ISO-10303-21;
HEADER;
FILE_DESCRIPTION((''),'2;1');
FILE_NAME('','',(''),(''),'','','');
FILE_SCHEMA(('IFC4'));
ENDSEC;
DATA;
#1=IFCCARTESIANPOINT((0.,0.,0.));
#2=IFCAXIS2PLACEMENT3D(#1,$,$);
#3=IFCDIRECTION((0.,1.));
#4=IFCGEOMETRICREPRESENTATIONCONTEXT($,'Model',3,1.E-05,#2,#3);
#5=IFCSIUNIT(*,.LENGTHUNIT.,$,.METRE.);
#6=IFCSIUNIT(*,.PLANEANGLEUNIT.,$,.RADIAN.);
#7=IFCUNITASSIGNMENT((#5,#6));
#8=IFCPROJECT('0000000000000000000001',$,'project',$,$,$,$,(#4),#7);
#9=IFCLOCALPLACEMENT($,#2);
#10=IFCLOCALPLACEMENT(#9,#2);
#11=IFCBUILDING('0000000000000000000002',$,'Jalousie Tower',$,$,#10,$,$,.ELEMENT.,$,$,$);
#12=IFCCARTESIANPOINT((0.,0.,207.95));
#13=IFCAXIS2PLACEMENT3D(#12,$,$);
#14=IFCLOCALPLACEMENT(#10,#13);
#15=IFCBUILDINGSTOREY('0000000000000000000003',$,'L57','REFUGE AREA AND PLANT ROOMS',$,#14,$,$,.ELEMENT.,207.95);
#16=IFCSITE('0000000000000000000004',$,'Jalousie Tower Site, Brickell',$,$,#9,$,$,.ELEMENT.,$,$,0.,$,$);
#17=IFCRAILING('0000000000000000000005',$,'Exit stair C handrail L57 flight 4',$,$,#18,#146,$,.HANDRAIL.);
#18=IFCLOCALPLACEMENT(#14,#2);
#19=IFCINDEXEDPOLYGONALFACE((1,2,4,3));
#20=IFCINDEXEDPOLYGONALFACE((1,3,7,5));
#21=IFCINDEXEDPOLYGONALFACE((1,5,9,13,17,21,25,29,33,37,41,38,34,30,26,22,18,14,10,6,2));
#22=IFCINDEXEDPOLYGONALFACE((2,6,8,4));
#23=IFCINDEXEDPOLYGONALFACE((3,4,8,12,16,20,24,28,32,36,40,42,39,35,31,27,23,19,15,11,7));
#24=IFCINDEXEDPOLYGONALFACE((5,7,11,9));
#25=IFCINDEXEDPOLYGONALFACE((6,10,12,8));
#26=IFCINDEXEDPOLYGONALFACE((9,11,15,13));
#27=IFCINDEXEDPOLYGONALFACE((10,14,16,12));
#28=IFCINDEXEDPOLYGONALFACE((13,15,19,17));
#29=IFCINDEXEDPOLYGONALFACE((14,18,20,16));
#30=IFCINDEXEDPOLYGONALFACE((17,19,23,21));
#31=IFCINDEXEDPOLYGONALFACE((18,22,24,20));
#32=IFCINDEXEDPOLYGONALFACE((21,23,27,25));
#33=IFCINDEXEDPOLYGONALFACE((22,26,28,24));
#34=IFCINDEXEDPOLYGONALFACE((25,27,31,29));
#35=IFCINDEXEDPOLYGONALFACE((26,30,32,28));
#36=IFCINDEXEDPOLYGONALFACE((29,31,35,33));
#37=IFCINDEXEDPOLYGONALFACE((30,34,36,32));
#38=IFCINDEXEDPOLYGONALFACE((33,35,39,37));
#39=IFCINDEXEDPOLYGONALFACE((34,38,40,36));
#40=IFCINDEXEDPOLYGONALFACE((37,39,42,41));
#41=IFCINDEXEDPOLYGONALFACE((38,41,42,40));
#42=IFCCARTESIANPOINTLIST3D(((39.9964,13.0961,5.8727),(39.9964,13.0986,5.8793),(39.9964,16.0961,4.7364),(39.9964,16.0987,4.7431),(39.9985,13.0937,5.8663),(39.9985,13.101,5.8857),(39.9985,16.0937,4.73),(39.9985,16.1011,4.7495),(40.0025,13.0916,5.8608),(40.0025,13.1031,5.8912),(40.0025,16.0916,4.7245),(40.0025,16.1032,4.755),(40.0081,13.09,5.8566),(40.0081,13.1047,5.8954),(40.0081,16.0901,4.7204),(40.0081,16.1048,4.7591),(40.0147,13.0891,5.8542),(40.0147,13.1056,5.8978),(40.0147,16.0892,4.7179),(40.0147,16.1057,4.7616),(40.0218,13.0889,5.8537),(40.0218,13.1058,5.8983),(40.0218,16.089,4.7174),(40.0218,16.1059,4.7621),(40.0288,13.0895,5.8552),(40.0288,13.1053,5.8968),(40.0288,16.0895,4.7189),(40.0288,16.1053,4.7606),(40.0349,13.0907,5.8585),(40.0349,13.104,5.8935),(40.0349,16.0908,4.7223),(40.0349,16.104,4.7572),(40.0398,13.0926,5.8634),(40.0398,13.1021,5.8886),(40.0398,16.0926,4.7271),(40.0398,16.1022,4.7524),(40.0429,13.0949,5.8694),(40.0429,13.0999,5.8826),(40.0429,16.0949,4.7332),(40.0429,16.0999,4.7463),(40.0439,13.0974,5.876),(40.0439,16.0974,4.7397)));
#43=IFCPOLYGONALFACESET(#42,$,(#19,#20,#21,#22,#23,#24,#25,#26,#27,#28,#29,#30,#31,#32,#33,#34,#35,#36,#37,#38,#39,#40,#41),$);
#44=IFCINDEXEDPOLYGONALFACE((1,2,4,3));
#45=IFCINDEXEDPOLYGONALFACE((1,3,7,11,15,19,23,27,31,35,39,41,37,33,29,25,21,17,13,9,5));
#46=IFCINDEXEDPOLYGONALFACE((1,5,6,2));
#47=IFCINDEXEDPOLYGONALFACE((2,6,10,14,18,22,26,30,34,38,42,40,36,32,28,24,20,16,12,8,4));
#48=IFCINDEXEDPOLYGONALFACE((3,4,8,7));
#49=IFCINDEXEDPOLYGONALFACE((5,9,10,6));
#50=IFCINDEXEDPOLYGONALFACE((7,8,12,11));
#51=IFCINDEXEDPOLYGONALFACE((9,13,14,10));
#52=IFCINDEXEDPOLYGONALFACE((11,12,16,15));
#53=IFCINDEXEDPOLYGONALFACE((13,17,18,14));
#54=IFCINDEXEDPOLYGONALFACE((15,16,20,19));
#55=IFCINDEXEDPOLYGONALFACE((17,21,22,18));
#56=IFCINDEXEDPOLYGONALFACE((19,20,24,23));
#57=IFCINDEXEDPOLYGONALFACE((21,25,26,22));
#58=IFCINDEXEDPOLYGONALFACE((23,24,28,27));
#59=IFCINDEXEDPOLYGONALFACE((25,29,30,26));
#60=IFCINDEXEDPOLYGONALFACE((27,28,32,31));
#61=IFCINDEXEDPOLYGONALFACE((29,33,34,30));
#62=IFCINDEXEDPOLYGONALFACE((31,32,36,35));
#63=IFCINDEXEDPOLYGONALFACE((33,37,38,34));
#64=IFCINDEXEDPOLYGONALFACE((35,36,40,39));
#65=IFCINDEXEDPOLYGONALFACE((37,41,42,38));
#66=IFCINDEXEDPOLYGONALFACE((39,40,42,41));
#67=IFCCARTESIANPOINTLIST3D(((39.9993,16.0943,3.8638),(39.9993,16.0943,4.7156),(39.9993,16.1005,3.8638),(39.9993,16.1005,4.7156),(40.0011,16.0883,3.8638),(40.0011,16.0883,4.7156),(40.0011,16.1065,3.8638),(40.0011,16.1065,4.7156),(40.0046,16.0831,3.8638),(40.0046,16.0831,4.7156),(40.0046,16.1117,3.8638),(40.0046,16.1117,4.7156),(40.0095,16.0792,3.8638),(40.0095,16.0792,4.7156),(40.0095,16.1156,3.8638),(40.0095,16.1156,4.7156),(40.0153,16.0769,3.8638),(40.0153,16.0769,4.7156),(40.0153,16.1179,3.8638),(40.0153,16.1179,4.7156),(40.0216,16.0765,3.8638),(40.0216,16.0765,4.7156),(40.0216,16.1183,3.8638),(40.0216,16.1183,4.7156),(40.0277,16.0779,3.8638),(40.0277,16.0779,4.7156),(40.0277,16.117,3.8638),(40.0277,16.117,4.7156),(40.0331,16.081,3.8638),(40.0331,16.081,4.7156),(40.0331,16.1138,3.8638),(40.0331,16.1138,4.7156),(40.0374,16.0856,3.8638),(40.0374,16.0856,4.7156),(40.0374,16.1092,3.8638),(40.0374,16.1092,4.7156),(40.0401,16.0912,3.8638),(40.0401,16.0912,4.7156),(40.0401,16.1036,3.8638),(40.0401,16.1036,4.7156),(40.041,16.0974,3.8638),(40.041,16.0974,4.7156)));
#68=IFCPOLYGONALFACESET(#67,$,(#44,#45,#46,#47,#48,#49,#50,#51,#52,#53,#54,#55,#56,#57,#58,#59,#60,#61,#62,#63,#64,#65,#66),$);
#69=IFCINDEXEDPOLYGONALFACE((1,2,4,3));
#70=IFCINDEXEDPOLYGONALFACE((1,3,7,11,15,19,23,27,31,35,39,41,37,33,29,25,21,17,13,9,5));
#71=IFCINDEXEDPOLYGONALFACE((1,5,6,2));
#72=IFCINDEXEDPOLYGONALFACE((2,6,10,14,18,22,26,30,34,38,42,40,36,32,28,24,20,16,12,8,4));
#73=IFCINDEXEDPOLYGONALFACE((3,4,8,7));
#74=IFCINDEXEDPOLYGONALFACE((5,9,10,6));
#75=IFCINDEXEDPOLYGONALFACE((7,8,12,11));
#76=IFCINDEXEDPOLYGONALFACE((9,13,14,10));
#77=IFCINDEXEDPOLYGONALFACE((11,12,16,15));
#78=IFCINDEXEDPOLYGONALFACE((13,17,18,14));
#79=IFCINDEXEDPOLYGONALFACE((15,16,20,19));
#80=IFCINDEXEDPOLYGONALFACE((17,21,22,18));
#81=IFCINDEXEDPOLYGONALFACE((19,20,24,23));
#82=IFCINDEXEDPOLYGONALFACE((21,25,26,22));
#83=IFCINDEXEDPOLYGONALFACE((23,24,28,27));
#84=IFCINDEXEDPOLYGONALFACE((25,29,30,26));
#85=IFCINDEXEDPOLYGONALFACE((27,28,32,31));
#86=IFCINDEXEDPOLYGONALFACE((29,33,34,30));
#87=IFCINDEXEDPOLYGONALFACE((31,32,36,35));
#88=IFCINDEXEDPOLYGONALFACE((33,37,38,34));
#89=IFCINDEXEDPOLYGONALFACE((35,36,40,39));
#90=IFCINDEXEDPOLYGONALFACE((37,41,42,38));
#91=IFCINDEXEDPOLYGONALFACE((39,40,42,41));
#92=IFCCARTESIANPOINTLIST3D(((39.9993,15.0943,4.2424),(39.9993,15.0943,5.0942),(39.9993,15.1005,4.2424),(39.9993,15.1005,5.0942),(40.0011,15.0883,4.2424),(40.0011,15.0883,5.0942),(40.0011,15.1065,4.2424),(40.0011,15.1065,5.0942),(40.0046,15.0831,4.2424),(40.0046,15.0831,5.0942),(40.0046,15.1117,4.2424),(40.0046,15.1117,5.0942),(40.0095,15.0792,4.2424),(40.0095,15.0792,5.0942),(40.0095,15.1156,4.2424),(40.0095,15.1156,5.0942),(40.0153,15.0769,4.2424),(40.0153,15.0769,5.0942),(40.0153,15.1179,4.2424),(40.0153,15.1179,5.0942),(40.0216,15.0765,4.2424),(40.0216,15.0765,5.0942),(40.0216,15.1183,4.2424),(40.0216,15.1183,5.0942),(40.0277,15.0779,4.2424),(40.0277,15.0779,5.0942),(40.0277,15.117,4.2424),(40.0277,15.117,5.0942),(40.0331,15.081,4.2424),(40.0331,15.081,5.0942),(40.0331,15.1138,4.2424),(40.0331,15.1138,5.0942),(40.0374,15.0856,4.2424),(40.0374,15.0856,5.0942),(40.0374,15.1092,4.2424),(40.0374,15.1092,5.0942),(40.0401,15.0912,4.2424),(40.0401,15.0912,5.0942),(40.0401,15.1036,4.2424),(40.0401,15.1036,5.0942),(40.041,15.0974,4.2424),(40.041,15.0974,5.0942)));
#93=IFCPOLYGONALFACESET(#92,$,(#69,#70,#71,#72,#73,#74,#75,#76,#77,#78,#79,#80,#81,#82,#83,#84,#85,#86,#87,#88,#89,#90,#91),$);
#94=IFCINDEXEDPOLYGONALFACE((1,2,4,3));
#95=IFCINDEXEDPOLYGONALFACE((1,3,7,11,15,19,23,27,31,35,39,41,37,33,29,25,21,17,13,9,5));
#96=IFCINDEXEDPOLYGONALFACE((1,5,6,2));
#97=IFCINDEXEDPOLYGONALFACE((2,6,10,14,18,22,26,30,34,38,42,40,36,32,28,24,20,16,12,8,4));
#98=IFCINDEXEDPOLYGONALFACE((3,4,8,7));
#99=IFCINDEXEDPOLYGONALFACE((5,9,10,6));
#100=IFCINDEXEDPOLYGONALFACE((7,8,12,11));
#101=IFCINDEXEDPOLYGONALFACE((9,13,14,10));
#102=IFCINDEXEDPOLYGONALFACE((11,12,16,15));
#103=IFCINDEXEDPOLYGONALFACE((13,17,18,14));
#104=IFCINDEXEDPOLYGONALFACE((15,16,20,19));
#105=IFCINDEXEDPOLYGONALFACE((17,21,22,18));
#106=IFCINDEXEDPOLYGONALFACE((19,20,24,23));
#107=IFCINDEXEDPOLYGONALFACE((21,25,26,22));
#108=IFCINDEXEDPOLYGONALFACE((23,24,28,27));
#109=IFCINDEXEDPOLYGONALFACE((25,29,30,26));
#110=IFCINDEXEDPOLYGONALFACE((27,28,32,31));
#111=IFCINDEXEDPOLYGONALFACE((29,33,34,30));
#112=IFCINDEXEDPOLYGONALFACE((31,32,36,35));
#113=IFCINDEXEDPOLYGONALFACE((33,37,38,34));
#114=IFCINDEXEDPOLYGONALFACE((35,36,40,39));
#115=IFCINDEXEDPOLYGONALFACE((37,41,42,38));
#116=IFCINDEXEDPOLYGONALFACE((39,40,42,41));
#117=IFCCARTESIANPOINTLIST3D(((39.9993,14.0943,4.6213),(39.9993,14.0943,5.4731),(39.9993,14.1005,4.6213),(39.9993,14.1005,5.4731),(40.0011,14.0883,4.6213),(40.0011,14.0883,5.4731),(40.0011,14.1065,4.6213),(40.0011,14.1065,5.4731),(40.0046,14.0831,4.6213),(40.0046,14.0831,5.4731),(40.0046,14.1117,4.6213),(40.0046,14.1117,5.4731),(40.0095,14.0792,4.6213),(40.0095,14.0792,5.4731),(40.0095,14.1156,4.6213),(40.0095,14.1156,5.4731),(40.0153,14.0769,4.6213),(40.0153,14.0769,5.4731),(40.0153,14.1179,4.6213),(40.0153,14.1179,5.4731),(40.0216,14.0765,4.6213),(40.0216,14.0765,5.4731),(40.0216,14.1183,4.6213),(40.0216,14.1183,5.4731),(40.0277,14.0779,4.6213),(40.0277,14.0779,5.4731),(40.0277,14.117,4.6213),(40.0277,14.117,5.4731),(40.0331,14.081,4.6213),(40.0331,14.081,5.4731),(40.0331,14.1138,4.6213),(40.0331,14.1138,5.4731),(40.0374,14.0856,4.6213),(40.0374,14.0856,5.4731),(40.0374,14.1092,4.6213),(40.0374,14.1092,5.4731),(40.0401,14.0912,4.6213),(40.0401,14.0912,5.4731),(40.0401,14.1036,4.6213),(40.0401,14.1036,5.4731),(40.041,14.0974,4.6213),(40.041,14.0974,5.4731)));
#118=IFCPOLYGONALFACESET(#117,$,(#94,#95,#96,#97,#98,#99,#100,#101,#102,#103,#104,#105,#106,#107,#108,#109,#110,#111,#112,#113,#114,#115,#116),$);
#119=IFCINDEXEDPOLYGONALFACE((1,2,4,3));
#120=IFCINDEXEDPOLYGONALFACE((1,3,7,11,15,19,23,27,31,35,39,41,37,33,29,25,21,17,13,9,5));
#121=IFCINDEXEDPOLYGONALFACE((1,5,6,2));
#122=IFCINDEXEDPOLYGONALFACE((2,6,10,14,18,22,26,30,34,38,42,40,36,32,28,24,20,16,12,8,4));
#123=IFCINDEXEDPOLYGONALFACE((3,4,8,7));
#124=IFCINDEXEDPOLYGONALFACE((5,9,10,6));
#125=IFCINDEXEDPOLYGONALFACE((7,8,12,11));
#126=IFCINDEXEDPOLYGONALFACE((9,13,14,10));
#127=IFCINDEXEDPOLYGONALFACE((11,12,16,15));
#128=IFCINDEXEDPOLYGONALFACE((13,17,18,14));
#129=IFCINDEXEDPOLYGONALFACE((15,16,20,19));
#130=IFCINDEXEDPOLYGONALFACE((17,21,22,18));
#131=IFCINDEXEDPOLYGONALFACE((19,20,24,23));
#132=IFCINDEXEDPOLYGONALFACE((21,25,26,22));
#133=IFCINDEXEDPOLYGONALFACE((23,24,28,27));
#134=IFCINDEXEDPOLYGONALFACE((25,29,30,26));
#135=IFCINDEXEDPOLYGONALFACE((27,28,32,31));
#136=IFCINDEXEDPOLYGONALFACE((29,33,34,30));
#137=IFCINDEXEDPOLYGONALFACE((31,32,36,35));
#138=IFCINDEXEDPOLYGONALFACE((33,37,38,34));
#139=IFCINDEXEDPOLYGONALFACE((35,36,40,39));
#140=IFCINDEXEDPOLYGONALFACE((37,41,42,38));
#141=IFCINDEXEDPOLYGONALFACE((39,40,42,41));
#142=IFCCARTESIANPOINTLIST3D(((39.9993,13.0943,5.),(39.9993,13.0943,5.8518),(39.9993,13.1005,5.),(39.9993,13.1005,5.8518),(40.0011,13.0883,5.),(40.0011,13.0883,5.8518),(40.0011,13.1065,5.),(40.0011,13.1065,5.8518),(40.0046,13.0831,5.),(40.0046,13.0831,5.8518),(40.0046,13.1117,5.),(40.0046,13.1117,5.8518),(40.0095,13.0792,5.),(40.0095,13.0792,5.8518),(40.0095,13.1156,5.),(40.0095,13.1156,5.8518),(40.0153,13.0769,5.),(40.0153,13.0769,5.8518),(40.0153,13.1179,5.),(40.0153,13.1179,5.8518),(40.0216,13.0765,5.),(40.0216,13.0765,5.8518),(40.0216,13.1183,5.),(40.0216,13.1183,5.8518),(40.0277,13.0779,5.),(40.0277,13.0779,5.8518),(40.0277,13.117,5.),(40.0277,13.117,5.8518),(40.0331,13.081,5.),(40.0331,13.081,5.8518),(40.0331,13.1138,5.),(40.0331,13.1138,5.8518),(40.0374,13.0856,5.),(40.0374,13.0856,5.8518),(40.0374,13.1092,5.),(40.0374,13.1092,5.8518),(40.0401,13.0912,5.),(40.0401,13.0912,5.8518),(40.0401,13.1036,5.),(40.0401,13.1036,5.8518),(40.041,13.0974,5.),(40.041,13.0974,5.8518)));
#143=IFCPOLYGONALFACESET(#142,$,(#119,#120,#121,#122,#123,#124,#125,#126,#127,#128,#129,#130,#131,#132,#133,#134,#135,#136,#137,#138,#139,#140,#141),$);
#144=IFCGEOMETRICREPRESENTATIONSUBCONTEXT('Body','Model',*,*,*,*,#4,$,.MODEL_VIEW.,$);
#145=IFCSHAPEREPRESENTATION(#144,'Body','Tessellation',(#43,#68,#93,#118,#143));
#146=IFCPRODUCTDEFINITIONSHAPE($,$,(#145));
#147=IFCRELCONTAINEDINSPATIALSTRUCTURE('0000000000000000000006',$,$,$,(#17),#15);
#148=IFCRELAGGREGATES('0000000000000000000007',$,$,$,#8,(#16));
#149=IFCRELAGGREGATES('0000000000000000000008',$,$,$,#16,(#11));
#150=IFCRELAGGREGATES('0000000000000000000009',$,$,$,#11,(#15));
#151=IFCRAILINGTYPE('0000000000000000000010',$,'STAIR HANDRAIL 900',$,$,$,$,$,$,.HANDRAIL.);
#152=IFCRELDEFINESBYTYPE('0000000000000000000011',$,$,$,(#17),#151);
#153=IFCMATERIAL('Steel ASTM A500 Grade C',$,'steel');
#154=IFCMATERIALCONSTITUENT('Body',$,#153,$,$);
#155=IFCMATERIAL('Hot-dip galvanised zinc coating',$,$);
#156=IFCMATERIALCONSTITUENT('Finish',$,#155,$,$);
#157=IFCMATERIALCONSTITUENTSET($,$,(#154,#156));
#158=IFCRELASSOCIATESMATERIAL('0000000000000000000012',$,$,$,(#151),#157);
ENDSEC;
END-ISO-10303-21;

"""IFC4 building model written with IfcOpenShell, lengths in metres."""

from ifc_helpers import new_model, si_unit, direction, frame, origin, origin_2d, place, context, subcontext, project, spatial, circle, extrude, material, constituent, constituent_set, type_object, element, save


model = new_model("IFC4")

# Units and contexts
model_context = context("Model", 3, precision=1e-05, world=origin(), true_north=direction((0.0, 1.0)))
body_context = subcontext(model_context, "Body", "Model", "MODEL_VIEW")
ifc_project = project(units=[si_unit("LENGTHUNIT", "METRE"), si_unit("PLANEANGLEUNIT", "RADIAN")], contexts=[model_context])

# Site, building, storey
site_placement = place(None, origin())
site = spatial("IfcSite", under=ifc_project, at=site_placement, Name="Jalousie Tower Site, Brickell", CompositionType="ELEMENT", RefElevation=0.0)
building_placement = place(site_placement, origin())
building = spatial("IfcBuilding", under=site, at=building_placement, Name="Jalousie Tower", CompositionType="ELEMENT")
storey_placement = place(building_placement, frame((0.0, 0.0, 207.95)))
storey = spatial("IfcBuildingStorey", under=building, at=storey_placement, Name="L57", Description="REFUGE AREA AND PLANT ROOMS", CompositionType="ELEMENT", Elevation=207.95)

# Railing
ifc_material_1 = material(Name="Steel ASTM A500 Grade C", Category="steel")
ifc_constituent_1 = constituent(ifc_material_1, Name="Body")
ifc_material_2 = material(Name="Hot-dip galvanised zinc coating")
ifc_constituent_2 = constituent(ifc_material_2, Name="Finish")
ifc_constituent_set_1 = constituent_set(constituents=[ifc_constituent_1, ifc_constituent_2])
railing_type_1 = type_object("IfcRailingType", Name="STAIR HANDRAIL 900", PredefinedType="HANDRAIL", material=ifc_constituent_set_1)
railing_1_placement = place(storey_placement, frame((40.02, 16.0974, 3.8638)))
element("IfcRailing", 1, at=railing_1_placement, inside=storey, type_object=railing_type_1, Name="Exit stair C handrail L57 flight 4", PredefinedType="HANDRAIL", context=body_context, shape_type="SweptSolid", body=[
    extrude(circle(Radius=0.0239, at=origin_2d()), frame((0.0, 0.0, 0.876), z_axis=(0.0, -0.935173, 0.354191), x_axis=(1.0, 0.0, 0.0)), (0.0, 0.0, 1.0), 3.208),
    extrude(circle(Radius=0.021, at=origin_2d()), origin(), (0.0, 0.0, 1.0), 0.8518),
    extrude(circle(Radius=0.021, at=origin_2d()), frame((0.0, -1.0, 0.3787)), (0.0, 0.0, 1.0), 0.8518),
    extrude(circle(Radius=0.021, at=origin_2d()), frame((0.0, -2.0, 0.7576)), (0.0, 0.0, 1.0), 0.8518),
    extrude(circle(Radius=0.021, at=origin_2d()), frame((0.0, -3.0, 1.1362)), (0.0, 0.0, 1.0), 0.8518),
])

save(model, "model.ifc")
